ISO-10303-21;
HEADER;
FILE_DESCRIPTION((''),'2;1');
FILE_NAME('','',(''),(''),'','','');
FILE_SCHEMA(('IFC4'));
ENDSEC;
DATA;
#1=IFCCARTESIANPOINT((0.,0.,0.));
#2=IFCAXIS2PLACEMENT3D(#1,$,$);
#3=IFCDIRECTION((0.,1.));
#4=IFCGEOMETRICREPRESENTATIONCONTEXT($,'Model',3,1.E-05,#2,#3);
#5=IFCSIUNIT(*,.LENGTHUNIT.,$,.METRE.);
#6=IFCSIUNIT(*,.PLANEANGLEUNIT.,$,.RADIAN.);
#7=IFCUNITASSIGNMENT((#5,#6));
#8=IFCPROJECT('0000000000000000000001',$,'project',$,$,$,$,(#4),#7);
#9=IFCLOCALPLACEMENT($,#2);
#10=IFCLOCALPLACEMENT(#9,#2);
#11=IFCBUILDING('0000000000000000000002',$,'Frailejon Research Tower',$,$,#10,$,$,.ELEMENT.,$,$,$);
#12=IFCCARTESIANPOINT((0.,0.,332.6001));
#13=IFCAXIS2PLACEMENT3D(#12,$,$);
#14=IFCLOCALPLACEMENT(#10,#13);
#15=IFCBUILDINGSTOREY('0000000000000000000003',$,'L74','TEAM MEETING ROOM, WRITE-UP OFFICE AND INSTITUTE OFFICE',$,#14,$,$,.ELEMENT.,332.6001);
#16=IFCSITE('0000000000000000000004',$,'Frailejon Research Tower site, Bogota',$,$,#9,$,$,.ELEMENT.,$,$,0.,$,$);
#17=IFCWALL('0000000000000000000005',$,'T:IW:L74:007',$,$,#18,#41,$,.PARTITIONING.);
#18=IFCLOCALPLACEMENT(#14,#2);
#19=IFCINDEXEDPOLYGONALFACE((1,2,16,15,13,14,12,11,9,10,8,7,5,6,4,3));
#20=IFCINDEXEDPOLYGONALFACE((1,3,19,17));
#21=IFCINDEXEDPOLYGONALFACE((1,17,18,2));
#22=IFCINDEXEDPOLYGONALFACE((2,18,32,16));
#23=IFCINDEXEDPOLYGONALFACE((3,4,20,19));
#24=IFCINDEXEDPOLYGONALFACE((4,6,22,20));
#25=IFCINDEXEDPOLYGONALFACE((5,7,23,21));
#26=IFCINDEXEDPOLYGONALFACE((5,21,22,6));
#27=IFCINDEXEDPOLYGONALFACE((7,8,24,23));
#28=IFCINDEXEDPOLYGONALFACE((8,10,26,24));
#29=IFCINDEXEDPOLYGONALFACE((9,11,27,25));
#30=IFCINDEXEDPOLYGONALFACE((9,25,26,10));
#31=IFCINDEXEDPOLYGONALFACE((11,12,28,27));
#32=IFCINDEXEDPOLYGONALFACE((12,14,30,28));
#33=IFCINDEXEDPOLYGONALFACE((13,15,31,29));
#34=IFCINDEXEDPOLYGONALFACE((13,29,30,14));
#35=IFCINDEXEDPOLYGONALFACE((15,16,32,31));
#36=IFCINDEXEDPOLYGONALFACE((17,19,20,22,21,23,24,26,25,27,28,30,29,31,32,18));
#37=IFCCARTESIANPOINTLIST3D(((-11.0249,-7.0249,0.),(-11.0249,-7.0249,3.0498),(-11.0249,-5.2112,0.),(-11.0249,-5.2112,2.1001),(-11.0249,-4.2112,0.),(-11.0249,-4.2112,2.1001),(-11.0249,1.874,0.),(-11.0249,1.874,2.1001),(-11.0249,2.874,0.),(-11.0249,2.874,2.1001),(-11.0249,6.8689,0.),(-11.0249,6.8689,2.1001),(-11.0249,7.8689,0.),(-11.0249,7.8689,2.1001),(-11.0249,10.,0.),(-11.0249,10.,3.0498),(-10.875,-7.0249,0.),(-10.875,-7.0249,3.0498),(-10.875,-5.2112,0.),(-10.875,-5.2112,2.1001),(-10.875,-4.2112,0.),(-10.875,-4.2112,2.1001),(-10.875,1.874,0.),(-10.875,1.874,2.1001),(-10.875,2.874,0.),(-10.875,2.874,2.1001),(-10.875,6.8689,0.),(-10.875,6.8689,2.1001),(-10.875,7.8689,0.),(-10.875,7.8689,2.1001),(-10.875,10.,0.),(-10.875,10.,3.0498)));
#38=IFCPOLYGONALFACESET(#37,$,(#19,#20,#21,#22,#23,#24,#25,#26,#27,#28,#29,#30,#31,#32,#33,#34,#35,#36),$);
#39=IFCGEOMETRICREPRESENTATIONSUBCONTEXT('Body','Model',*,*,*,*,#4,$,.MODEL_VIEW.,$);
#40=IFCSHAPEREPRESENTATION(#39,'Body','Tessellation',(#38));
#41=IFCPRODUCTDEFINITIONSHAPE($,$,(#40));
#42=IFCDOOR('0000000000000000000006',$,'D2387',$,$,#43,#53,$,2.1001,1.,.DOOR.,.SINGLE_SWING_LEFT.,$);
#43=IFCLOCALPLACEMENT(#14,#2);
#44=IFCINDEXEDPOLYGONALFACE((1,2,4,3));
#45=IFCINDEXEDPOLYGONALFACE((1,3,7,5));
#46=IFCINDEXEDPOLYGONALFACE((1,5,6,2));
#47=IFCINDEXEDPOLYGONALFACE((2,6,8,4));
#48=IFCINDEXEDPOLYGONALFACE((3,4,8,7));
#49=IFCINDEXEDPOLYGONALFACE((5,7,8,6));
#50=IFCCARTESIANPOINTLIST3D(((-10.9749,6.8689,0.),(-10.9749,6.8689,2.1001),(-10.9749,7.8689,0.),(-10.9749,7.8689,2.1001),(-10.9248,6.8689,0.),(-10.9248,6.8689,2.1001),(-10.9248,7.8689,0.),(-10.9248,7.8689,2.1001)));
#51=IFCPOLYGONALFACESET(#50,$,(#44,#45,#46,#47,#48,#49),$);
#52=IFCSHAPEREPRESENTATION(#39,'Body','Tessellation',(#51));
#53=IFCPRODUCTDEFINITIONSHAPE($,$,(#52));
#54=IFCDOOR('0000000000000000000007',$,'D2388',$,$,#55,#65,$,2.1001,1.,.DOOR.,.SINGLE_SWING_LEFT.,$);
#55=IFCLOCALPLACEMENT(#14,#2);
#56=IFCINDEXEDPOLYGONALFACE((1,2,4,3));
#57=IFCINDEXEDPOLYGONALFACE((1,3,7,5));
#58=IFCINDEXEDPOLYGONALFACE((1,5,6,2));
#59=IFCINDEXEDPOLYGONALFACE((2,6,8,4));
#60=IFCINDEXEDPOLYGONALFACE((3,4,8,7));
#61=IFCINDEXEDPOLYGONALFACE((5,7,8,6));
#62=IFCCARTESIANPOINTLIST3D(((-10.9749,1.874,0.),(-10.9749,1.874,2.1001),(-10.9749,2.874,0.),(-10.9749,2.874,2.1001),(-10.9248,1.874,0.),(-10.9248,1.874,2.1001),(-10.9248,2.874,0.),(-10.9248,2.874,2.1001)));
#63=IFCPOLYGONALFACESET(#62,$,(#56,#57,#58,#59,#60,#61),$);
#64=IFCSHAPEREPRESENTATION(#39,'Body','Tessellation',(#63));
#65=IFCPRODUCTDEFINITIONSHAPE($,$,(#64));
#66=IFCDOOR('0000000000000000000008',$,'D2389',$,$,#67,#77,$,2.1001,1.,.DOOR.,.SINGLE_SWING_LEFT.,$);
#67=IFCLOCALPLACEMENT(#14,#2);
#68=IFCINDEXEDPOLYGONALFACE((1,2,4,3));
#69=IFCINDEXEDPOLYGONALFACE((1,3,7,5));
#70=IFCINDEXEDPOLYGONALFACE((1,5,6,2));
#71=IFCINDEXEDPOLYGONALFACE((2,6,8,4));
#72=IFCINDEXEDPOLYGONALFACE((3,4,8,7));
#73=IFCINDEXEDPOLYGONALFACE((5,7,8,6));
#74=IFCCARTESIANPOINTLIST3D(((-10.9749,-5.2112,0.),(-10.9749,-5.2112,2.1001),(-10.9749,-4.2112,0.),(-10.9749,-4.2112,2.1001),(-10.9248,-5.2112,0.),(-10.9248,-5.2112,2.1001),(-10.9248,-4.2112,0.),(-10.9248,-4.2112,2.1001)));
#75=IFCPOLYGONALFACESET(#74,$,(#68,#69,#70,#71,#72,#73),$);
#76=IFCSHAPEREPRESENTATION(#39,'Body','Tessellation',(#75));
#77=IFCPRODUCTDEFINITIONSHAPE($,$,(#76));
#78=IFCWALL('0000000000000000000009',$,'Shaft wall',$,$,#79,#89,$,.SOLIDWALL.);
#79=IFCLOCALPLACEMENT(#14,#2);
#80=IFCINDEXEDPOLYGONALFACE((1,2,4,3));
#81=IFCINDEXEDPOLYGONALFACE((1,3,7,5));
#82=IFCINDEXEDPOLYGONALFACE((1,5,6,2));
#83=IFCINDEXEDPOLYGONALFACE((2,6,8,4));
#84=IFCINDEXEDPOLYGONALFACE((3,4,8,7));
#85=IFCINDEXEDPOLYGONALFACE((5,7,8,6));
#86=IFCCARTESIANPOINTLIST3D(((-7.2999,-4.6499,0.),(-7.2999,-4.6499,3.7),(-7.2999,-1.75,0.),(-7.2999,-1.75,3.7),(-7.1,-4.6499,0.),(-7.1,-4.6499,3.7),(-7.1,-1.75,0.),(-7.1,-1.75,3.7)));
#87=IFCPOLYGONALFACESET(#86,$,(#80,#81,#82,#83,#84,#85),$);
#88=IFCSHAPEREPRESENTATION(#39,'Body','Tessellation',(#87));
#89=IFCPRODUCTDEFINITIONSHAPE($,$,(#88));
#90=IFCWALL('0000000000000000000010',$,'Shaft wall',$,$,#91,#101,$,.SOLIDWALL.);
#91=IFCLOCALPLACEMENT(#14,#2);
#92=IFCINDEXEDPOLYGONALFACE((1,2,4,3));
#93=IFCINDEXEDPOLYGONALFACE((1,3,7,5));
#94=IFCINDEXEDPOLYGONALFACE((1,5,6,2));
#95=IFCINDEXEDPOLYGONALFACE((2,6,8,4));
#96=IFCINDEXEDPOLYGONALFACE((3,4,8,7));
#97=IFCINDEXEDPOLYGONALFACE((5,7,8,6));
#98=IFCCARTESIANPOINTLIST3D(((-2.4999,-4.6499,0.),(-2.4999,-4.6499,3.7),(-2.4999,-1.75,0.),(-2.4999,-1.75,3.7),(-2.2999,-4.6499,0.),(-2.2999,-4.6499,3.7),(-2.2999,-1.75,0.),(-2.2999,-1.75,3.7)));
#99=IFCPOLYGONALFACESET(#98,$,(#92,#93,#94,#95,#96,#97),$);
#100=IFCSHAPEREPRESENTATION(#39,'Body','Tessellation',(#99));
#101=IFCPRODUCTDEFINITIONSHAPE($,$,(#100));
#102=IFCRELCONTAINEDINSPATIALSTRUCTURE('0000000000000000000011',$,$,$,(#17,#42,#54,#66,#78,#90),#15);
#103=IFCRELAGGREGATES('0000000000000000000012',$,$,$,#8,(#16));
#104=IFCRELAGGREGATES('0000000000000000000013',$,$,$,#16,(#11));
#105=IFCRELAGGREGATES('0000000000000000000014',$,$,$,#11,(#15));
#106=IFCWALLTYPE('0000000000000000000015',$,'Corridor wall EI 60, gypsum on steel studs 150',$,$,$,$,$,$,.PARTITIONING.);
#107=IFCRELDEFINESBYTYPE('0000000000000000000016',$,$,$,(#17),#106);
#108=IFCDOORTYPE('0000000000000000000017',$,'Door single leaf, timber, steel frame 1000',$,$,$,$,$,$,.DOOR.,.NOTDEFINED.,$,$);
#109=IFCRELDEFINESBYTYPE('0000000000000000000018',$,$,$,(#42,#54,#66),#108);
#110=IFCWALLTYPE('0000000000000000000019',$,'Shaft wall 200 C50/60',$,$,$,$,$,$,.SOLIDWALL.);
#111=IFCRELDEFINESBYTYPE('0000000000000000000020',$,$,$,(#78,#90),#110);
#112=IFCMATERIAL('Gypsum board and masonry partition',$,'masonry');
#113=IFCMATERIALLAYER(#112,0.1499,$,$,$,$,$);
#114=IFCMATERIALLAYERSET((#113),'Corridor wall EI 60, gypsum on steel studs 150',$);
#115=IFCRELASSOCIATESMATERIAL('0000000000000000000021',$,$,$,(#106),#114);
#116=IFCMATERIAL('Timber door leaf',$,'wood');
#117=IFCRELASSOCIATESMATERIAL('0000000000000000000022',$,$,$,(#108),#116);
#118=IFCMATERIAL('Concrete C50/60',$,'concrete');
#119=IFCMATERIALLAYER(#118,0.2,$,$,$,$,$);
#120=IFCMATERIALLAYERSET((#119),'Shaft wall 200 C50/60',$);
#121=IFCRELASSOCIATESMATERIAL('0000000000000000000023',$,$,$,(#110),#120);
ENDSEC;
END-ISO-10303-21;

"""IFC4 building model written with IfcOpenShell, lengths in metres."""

from ifc_helpers import new_model, si_unit, direction, frame, frame_2d, origin, place, context, subcontext, project, spatial, rectangle, extrude, material, layer, layer_set, type_object, element, fill, save


model = new_model("IFC4")

# Units and contexts
model_context = context("Model", 3, precision=1e-05, world=origin(), true_north=direction((0.0, 1.0)))
body_context = subcontext(model_context, "Body", "Model", "MODEL_VIEW")
ifc_project = project(units=[si_unit("LENGTHUNIT", "METRE"), si_unit("PLANEANGLEUNIT", "RADIAN")], contexts=[model_context])

# Site, building, storey
site_placement = place(None, origin())
site = spatial("IfcSite", under=ifc_project, at=site_placement, Name="Frailejon Research Tower site, Bogota", CompositionType="ELEMENT", RefElevation=0.0)
building_placement = place(site_placement, origin())
building = spatial("IfcBuilding", under=site, at=building_placement, Name="Frailejon Research Tower", CompositionType="ELEMENT")
storey_placement = place(building_placement, frame((0.0, 0.0, 332.6001)))
storey = spatial("IfcBuildingStorey", under=building, at=storey_placement, Name="L74", Description="TEAM MEETING ROOM, WRITE-UP OFFICE AND INSTITUTE OFFICE", CompositionType="ELEMENT", Elevation=332.6001)

# Wall, openings, doors
ifc_material_1 = material(Name="Gypsum board and masonry partition", Category="masonry")
ifc_layer_1 = layer(ifc_material_1, 0.1499)
ifc_layer_set_1 = layer_set([ifc_layer_1], Name="Corridor wall EI 60, gypsum on steel studs 150")
wall_type_1 = type_object("IfcWallType", Name="Corridor wall EI 60, gypsum on steel studs 150", PredefinedType="PARTITIONING", material=ifc_layer_set_1)
wall_1_placement = place(storey_placement, frame((-10.95, -7.0249, 0.0), z_axis=(0.0, 0.0, 1.0), x_axis=(0.0, 1.0, 0.0)))
wall_1 = element("IfcWall", 1, at=wall_1_placement, inside=storey, type_object=wall_type_1, Name="T:IW:L74:007", PredefinedType="PARTITIONING", context=body_context, shape_type="SweptSolid", body=[
    extrude(rectangle(XDim=17.0249, YDim=0.1499, at=frame_2d((8.5125, 0.0))), origin(), (0.0, 0.0, 1.0), 3.0498),
])
opening_1_placement = place(wall_1_placement, frame((13.8938, 0.0, 0.0)))
opening_1 = element("IfcOpeningElement", 2, at=opening_1_placement, cuts=wall_1, PredefinedType="OPENING", context=body_context, shape_type="SweptSolid", body=[
    extrude(rectangle(XDim=1.0, YDim=2.1001, at=frame_2d((0.5, 1.05))), frame((0.0, 0.085, 0.0), z_axis=(0.0, -1.0, 0.0), x_axis=(1.0, 0.0, 0.0)), (0.0, 0.0, 1.0), 0.1699),
])
opening_2_placement = place(wall_1_placement, frame((8.8989, 0.0, 0.0)))
opening_2 = element("IfcOpeningElement", 3, at=opening_2_placement, cuts=wall_1, PredefinedType="OPENING", context=body_context, shape_type="SweptSolid", body=[
    extrude(rectangle(XDim=1.0, YDim=2.1001, at=frame_2d((0.5, 1.05))), frame((0.0, 0.085, 0.0), z_axis=(0.0, -1.0, 0.0), x_axis=(1.0, 0.0, 0.0)), (0.0, 0.0, 1.0), 0.1699),
])
opening_3_placement = place(wall_1_placement, frame((1.8137, 0.0, 0.0)))
opening_3 = element("IfcOpeningElement", 4, at=opening_3_placement, cuts=wall_1, PredefinedType="OPENING", context=body_context, shape_type="SweptSolid", body=[
    extrude(rectangle(XDim=1.0, YDim=2.1001, at=frame_2d((0.5, 1.05))), frame((0.0, 0.085, 0.0), z_axis=(0.0, -1.0, 0.0), x_axis=(1.0, 0.0, 0.0)), (0.0, 0.0, 1.0), 0.1699),
])
ifc_material_2 = material(Name="Timber door leaf", Category="wood")
door_type_1 = type_object("IfcDoorType", Name="Door single leaf, timber, steel frame 1000", OperationType="NOTDEFINED", PredefinedType="DOOR", material=ifc_material_2)
door_1_placement = place(opening_1_placement, origin())
door_1 = element("IfcDoor", 5, at=door_1_placement, inside=storey, type_object=door_type_1, Name="D2387", OperationType="SINGLE_SWING_LEFT", OverallHeight=2.1001, OverallWidth=1.0, PredefinedType="DOOR", context=body_context, shape_type="SweptSolid", body=[
    extrude(rectangle(XDim=1.0, YDim=2.1001, at=frame_2d((0.5, 1.05))), frame((0.0, 0.0249, 0.0), z_axis=(0.0, -1.0, 0.0), x_axis=(1.0, 0.0, 0.0)), (0.0, 0.0, 1.0), 0.05),
])
fill(opening_1, door_1)
door_2_placement = place(opening_2_placement, origin())
door_2 = element("IfcDoor", 6, at=door_2_placement, inside=storey, type_object=door_type_1, Name="D2388", OperationType="SINGLE_SWING_LEFT", OverallHeight=2.1001, OverallWidth=1.0, PredefinedType="DOOR", context=body_context, shape_type="SweptSolid", body=[
    extrude(rectangle(XDim=1.0, YDim=2.1001, at=frame_2d((0.5, 1.05))), frame((0.0, 0.0249, 0.0), z_axis=(0.0, -1.0, 0.0), x_axis=(1.0, 0.0, 0.0)), (0.0, 0.0, 1.0), 0.05),
])
fill(opening_2, door_2)
door_3_placement = place(opening_3_placement, origin())
door_3 = element("IfcDoor", 7, at=door_3_placement, inside=storey, type_object=door_type_1, Name="D2389", OperationType="SINGLE_SWING_LEFT", OverallHeight=2.1001, OverallWidth=1.0, PredefinedType="DOOR", context=body_context, shape_type="SweptSolid", body=[
    extrude(rectangle(XDim=1.0, YDim=2.1001, at=frame_2d((0.5, 1.05))), frame((0.0, 0.0249, 0.0), z_axis=(0.0, -1.0, 0.0), x_axis=(1.0, 0.0, 0.0)), (0.0, 0.0, 1.0), 0.05),
])
fill(opening_3, door_3)

# Walls
ifc_material_3 = material(Name="Concrete C50/60", Category="concrete")
ifc_layer_2 = layer(ifc_material_3, 0.2)
ifc_layer_set_2 = layer_set([ifc_layer_2], Name="Shaft wall 200 C50/60")
wall_type_2 = type_object("IfcWallType", Name="Shaft wall 200 C50/60", PredefinedType="SOLIDWALL", material=ifc_layer_set_2)
for number, where, z_axis, x_axis, name in (
    (8, (-7.2, -4.6499, 0.0), (0.0, 0.0, 1.0), (0.0, 1.0, 0.0), "Shaft wall"),
    (9, (-2.3999, -4.6499, 0.0), (0.0, 0.0, 1.0), (0.0, 1.0, 0.0), "Shaft wall"),
):
    element("IfcWall", number, at=place(storey_placement, frame(where, z_axis=z_axis, x_axis=x_axis)), inside=storey, type_object=wall_type_2, Name=name, PredefinedType="SOLIDWALL", context=body_context, shape_type="SweptSolid", body=[
        extrude(rectangle(XDim=2.8999, YDim=0.2, at=frame_2d((1.45, 0.0))), origin(), (0.0, 0.0, 1.0), 3.7),
    ])

save(model, "model.ifc")
